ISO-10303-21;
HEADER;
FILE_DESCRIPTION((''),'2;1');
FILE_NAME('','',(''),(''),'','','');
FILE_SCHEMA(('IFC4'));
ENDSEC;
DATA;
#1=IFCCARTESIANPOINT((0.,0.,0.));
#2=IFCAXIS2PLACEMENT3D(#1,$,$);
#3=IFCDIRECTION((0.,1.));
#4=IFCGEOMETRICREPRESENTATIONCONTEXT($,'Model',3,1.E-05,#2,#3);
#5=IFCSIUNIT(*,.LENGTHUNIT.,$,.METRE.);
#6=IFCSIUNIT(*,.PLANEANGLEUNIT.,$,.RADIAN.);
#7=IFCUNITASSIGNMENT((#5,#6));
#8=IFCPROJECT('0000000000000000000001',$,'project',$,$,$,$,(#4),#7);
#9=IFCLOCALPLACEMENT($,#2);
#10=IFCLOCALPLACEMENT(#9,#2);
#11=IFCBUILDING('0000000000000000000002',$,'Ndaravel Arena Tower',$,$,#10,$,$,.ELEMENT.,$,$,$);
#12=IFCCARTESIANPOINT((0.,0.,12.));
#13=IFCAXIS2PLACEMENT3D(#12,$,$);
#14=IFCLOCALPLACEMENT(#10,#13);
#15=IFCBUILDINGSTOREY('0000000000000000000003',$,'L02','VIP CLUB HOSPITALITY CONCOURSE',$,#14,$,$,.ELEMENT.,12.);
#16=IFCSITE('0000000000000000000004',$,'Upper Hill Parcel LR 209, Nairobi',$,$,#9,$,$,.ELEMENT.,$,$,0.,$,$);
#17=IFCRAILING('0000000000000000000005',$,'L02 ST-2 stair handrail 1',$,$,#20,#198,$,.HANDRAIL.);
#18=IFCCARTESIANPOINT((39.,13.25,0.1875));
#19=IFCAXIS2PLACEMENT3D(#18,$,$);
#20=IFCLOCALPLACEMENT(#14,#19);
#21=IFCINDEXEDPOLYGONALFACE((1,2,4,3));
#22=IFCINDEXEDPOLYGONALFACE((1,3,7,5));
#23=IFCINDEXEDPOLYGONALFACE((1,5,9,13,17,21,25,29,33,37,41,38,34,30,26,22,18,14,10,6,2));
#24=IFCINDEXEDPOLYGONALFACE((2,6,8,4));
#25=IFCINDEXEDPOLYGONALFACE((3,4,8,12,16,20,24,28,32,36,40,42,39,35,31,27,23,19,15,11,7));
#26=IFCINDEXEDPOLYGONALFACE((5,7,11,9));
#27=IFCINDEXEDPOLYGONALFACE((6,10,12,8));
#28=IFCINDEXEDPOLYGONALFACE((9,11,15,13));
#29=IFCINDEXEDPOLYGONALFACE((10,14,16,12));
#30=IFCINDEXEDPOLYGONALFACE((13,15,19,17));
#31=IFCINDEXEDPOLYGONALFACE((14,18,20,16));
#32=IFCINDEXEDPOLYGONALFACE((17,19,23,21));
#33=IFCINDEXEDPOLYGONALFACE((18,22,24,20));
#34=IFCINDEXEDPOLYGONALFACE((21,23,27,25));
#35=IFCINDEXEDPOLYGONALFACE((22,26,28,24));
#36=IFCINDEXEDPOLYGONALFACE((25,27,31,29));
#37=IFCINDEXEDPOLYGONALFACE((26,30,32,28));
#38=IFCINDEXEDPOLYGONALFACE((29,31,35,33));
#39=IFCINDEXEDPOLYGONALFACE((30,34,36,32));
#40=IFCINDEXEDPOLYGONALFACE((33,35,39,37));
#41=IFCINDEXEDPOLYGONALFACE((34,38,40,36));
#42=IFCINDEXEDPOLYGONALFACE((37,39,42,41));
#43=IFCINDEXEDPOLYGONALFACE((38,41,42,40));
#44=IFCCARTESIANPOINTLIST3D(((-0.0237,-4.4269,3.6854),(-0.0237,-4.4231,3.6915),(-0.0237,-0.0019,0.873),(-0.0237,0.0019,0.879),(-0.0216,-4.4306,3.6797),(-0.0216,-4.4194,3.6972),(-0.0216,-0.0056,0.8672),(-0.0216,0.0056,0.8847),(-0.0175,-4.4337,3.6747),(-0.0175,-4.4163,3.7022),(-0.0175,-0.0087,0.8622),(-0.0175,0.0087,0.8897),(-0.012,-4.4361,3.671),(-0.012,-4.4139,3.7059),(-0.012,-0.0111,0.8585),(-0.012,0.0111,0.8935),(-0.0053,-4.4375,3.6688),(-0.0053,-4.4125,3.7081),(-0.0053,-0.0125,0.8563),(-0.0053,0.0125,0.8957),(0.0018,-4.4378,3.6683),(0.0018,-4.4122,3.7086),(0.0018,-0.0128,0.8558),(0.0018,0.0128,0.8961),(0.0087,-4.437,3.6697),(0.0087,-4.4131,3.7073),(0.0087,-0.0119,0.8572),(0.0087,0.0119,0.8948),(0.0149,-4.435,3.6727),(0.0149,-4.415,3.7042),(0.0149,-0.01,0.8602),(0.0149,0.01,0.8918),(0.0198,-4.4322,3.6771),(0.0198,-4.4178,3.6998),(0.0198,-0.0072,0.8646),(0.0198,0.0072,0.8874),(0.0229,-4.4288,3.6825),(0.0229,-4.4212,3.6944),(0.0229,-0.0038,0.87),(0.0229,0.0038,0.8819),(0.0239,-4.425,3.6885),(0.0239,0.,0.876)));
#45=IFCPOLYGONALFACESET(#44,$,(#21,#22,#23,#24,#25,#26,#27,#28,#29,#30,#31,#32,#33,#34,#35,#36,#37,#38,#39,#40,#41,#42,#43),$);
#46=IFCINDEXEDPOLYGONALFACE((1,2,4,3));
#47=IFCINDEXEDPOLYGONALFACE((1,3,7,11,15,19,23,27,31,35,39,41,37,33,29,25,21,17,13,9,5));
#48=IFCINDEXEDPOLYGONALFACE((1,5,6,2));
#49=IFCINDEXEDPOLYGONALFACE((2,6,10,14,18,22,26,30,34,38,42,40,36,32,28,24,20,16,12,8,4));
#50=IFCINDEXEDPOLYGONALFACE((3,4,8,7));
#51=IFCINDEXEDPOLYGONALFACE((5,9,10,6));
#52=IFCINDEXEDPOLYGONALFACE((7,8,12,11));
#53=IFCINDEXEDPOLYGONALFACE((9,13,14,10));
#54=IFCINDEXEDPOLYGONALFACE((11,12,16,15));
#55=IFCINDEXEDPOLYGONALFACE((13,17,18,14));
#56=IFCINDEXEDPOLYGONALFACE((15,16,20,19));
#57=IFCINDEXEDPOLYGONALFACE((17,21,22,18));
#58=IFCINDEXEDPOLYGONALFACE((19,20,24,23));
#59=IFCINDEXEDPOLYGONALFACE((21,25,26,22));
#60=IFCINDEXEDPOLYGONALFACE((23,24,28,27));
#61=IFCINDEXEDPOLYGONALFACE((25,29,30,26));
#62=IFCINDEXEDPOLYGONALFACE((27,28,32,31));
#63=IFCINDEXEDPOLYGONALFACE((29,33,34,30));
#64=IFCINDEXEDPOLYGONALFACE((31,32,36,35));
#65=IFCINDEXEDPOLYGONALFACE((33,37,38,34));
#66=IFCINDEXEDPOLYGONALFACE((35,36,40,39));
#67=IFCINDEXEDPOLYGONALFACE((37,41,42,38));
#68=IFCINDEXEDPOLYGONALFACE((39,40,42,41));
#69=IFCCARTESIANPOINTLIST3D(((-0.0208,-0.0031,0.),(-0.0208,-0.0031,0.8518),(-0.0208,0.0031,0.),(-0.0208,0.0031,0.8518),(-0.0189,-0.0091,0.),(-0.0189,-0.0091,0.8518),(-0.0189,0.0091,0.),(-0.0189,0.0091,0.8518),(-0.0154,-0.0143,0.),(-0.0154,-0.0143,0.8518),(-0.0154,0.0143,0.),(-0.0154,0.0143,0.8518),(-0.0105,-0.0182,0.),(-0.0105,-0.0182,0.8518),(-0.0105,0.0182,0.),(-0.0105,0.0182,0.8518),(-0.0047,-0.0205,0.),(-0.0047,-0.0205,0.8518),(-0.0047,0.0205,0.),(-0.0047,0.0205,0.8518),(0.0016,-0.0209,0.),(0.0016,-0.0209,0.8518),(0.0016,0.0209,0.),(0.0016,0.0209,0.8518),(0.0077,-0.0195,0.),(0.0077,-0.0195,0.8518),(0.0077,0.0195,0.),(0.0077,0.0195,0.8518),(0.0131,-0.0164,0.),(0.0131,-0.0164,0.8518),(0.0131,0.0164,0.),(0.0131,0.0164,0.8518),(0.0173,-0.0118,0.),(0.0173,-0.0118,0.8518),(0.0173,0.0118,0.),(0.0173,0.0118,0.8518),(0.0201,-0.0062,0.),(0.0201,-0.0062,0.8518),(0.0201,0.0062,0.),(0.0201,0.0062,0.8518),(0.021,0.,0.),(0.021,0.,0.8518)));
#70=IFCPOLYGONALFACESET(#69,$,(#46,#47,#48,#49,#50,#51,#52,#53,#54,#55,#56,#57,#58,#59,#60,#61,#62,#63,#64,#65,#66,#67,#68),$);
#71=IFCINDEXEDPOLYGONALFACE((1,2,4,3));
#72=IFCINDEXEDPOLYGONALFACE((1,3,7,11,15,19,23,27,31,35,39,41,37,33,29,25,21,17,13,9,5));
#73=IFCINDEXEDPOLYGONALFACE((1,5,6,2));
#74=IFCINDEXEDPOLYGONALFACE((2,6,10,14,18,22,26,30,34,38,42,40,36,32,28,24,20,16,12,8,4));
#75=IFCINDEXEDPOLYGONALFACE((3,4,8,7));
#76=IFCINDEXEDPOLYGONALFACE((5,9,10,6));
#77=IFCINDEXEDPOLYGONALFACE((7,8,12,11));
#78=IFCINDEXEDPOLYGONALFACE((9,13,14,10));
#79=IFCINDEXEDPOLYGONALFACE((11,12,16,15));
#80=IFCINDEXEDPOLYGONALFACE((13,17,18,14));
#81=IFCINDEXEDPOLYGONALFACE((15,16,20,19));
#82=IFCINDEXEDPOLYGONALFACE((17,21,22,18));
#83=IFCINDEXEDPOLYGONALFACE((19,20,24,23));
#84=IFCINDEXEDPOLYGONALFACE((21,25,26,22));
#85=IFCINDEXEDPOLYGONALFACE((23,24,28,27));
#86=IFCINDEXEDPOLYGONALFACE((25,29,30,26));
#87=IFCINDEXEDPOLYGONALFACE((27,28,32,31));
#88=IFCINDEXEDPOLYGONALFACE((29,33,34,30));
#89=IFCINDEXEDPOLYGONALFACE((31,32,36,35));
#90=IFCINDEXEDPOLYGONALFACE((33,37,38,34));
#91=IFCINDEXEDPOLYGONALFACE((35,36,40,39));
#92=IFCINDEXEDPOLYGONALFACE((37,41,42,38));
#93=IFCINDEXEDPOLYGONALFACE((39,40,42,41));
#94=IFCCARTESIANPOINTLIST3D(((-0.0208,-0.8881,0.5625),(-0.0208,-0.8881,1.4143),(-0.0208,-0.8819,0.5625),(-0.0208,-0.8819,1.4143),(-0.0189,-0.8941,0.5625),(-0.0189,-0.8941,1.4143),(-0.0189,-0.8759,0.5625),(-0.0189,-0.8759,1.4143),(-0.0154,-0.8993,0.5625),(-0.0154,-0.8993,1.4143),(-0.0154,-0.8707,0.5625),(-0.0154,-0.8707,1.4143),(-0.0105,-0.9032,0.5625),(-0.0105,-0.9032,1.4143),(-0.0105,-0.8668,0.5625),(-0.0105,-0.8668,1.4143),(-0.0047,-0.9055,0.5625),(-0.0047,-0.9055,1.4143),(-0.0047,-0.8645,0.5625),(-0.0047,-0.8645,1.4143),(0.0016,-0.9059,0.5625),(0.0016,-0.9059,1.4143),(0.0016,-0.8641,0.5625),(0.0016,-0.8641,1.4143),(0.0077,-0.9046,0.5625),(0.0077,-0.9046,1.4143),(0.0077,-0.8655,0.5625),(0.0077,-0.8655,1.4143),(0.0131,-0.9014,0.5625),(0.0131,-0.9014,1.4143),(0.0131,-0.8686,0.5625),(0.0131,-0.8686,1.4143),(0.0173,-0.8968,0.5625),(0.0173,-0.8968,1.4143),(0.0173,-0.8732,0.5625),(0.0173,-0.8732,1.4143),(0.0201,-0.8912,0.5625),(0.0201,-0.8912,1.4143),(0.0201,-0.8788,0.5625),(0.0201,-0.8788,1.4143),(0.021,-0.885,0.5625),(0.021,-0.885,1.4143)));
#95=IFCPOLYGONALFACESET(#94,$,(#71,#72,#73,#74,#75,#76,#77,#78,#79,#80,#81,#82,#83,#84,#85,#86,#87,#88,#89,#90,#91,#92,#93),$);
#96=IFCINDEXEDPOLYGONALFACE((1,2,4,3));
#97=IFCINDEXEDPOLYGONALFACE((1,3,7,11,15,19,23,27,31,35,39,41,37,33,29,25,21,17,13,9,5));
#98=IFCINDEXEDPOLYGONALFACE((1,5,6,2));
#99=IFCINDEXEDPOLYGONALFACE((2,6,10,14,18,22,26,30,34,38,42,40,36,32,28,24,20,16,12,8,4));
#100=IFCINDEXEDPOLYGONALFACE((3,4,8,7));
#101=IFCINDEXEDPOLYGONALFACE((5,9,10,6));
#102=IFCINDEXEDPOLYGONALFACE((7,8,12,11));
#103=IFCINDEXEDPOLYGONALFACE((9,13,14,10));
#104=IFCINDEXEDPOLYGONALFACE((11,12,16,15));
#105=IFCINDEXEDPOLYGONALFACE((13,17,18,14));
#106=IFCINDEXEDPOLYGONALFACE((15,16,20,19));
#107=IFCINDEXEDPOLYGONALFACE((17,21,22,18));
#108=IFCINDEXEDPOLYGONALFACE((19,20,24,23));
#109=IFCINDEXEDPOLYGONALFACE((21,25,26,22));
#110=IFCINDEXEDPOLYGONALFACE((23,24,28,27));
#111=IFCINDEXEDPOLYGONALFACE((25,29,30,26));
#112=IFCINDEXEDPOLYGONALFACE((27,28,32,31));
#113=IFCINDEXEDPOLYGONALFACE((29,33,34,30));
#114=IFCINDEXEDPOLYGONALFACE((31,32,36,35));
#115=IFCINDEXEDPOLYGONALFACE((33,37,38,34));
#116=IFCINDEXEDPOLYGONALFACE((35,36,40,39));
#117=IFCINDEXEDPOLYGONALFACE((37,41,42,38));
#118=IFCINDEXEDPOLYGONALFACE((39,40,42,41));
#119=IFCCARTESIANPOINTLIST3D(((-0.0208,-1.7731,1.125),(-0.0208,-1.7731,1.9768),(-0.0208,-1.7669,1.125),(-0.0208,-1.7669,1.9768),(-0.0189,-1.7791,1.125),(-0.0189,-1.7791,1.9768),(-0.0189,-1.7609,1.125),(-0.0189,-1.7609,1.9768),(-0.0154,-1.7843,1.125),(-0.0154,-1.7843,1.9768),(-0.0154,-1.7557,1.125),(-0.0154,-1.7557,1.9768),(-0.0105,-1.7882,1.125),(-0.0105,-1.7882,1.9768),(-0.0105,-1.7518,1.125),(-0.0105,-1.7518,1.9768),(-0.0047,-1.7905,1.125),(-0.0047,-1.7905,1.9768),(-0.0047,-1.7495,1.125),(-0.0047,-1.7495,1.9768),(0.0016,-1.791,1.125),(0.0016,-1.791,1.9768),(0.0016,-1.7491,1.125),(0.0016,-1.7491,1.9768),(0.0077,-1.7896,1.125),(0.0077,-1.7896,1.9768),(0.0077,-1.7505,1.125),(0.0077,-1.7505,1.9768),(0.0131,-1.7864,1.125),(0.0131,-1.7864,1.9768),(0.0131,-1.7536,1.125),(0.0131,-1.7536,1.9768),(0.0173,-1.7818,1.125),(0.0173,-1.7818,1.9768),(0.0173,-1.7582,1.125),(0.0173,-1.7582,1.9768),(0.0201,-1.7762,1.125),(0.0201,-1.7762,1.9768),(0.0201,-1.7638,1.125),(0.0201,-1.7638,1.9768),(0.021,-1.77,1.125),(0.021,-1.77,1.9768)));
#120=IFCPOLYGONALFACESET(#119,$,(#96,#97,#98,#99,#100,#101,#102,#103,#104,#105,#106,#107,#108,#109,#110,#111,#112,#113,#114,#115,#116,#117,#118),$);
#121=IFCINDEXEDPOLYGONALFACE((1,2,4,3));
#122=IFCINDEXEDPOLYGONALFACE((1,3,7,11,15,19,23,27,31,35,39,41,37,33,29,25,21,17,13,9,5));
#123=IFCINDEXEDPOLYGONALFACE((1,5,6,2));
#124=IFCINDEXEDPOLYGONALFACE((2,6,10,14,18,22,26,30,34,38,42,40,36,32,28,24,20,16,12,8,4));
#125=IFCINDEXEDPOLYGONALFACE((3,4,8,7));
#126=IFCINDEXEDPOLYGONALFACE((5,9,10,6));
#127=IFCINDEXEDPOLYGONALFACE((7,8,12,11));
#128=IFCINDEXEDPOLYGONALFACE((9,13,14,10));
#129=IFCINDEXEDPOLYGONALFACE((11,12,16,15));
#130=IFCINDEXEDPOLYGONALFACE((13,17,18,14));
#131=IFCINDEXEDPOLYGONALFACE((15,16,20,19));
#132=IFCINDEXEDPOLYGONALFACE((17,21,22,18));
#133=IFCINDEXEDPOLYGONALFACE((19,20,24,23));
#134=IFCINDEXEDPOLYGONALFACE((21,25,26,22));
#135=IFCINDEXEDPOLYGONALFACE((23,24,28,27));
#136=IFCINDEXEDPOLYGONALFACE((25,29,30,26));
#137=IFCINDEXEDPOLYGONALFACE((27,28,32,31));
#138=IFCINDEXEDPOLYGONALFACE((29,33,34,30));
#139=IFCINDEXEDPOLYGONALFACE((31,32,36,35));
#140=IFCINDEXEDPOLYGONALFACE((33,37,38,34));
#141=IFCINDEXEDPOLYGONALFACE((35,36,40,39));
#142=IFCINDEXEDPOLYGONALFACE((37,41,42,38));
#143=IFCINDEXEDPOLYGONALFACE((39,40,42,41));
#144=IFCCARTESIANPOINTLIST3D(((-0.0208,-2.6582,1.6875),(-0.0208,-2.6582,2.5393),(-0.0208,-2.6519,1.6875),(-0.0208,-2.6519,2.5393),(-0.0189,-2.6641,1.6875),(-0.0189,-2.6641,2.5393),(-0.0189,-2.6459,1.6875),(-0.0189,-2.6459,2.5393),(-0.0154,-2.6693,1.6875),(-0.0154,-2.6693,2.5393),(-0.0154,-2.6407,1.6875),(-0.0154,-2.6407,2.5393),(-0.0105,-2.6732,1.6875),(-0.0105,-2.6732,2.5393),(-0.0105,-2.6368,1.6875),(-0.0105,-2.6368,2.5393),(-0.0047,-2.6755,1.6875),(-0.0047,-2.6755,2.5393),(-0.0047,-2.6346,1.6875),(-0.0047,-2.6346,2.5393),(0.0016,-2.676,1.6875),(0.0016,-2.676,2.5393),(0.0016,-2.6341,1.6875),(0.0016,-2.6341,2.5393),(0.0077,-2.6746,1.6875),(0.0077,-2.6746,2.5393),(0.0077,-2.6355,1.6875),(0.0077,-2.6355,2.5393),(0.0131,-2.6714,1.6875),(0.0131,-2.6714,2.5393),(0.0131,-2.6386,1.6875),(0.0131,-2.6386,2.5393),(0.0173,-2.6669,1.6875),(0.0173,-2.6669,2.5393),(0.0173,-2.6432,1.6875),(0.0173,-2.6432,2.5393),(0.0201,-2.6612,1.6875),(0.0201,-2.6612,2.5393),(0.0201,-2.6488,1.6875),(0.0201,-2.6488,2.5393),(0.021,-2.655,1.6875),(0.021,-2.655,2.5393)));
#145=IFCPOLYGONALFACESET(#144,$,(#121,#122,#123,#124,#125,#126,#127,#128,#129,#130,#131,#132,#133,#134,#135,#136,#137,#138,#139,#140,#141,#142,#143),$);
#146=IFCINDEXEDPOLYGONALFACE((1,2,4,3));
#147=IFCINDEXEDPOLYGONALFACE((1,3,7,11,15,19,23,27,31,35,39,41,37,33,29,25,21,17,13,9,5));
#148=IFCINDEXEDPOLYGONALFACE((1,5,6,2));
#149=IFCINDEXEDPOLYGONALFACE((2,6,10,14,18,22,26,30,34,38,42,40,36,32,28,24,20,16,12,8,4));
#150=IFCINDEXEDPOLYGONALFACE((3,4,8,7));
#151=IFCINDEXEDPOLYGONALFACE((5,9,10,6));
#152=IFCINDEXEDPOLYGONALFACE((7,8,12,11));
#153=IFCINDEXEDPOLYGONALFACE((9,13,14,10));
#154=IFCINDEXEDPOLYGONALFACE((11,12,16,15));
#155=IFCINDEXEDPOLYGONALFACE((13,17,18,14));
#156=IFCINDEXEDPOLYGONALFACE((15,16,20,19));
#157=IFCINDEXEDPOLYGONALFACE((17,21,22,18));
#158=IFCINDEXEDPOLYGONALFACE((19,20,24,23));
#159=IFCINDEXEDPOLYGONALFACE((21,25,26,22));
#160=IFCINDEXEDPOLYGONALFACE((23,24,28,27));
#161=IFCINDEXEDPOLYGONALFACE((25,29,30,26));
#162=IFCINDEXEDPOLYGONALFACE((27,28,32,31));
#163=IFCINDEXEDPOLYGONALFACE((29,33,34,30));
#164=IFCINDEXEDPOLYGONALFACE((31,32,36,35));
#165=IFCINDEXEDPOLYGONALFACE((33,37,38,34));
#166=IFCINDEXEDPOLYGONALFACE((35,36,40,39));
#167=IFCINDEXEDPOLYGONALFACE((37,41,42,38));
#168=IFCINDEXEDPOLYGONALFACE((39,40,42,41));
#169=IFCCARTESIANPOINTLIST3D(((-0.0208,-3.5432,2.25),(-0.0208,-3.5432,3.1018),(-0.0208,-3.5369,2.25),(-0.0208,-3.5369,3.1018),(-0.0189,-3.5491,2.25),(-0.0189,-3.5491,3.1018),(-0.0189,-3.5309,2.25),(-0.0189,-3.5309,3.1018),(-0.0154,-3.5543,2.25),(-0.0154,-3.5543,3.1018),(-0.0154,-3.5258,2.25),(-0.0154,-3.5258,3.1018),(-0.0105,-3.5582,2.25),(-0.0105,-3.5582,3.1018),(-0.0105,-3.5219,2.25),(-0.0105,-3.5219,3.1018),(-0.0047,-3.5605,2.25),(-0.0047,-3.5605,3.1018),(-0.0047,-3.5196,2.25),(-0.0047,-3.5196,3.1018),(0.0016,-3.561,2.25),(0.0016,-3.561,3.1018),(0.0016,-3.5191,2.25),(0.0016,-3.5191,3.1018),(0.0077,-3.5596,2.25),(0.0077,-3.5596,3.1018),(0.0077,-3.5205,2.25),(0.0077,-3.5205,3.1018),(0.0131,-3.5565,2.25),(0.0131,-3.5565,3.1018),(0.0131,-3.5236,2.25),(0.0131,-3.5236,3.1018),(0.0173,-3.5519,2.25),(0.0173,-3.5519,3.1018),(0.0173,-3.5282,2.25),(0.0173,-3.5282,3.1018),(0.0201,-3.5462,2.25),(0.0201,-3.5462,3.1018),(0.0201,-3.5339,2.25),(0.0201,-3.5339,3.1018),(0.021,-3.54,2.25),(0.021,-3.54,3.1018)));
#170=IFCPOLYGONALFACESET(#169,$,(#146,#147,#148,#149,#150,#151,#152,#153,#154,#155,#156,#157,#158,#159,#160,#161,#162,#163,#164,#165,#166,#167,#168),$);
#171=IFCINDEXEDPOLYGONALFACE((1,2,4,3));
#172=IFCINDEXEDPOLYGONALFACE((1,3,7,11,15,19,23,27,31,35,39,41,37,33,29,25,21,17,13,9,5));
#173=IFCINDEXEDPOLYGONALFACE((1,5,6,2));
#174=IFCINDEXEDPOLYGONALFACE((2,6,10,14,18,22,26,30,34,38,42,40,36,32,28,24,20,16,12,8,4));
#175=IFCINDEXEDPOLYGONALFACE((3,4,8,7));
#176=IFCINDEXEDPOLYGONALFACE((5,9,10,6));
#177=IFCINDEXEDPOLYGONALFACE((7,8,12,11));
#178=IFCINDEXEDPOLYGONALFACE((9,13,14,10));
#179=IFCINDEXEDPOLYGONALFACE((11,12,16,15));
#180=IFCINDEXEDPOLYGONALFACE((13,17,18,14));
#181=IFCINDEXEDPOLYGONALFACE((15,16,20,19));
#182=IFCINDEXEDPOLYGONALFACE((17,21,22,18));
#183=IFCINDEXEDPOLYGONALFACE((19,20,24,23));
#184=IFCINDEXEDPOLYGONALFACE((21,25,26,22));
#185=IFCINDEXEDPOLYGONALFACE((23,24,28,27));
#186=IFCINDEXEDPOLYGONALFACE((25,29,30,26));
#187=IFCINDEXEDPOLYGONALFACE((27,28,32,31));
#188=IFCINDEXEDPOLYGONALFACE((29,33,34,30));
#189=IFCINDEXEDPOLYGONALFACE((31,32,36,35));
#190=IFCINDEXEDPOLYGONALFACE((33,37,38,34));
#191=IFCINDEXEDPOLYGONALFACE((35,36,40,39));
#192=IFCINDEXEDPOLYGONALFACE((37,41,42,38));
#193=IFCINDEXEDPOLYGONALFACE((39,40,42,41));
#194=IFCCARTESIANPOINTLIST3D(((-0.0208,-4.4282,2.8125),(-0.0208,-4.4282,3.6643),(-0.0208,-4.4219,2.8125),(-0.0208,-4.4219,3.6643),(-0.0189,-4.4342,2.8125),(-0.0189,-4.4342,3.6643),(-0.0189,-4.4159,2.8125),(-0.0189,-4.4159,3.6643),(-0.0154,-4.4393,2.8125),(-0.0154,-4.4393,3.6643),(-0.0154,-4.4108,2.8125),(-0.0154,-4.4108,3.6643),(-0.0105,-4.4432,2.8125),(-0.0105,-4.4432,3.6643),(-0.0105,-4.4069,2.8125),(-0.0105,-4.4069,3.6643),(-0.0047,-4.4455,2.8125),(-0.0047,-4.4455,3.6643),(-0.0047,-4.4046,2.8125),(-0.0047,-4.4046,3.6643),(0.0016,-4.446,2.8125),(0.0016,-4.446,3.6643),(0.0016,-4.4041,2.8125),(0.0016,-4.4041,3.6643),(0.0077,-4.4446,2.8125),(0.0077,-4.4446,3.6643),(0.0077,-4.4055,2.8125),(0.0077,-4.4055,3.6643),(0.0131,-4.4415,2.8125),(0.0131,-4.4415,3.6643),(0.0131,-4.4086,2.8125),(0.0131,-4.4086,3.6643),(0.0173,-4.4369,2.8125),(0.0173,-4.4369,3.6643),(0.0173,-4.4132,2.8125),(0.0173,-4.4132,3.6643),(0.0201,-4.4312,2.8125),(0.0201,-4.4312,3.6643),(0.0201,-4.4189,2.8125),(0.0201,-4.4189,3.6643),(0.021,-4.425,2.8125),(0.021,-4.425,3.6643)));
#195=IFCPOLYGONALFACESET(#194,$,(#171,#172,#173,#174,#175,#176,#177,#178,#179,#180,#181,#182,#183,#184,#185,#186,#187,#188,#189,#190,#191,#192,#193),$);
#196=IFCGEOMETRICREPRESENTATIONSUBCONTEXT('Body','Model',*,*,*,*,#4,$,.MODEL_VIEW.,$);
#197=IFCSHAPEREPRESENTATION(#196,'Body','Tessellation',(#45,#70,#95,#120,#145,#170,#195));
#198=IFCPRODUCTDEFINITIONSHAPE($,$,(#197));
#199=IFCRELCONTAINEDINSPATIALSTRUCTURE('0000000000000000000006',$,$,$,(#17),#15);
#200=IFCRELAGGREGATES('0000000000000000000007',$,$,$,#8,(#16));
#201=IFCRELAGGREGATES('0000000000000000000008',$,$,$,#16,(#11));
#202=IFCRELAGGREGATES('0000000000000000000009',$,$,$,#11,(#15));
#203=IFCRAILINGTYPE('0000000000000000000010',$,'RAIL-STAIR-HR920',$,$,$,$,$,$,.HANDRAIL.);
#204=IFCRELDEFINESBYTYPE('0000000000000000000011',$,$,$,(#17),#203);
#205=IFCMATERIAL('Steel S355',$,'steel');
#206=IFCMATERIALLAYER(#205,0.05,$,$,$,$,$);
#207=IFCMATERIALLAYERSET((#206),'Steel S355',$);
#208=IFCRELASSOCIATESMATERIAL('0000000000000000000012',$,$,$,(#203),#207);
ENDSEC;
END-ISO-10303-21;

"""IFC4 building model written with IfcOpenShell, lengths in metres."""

from ifc_helpers import new_model, si_unit, direction, frame, origin, origin_2d, place, context, subcontext, project, spatial, circle, extrude, material, layer, layer_set, type_object, element, save


model = new_model("IFC4")

# Units and contexts
model_context = context("Model", 3, precision=1e-05, world=origin(), true_north=direction((0.0, 1.0)))
body_context = subcontext(model_context, "Body", "Model", "MODEL_VIEW")
ifc_project = project(units=[si_unit("LENGTHUNIT", "METRE"), si_unit("PLANEANGLEUNIT", "RADIAN")], contexts=[model_context])

# Site, building, storey
site_placement = place(None, origin())
site = spatial("IfcSite", under=ifc_project, at=site_placement, Name="Upper Hill Parcel LR 209, Nairobi", CompositionType="ELEMENT", RefElevation=0.0)
building_placement = place(site_placement, origin())
building = spatial("IfcBuilding", under=site, at=building_placement, Name="Ndaravel Arena Tower", CompositionType="ELEMENT")
storey_placement = place(building_placement, frame((0.0, 0.0, 12.0)))
storey = spatial("IfcBuildingStorey", under=building, at=storey_placement, Name="L02", Description="VIP CLUB HOSPITALITY CONCOURSE", CompositionType="ELEMENT", Elevation=12.0)

# Railing
ifc_material_1 = material(Name="Steel S355", Category="steel")
ifc_layer_1 = layer(ifc_material_1, 0.05)
ifc_layer_set_1 = layer_set([ifc_layer_1], Name="Steel S355")
railing_type_1 = type_object("IfcRailingType", Name="RAIL-STAIR-HR920", PredefinedType="HANDRAIL", material=ifc_layer_set_1)
railing_1_placement = place(storey_placement, frame((39.0, 13.25, 0.1875)))
element("IfcRailing", 1, at=railing_1_placement, inside=storey, type_object=railing_type_1, Name="L02 ST-2 stair handrail 1", PredefinedType="HANDRAIL", context=body_context, shape_type="SweptSolid", body=[
    extrude(circle(Radius=0.0239, at=origin_2d()), frame((0.0, 0.0, 0.876), z_axis=(0.0, -0.843959, 0.536408), x_axis=(1.0, 0.0, 0.0)), (0.0, 0.0, 1.0), 5.2432),
    extrude(circle(Radius=0.021, at=origin_2d()), origin(), (0.0, 0.0, 1.0), 0.8518),
    extrude(circle(Radius=0.021, at=origin_2d()), frame((0.0, -0.885, 0.5625)), (0.0, 0.0, 1.0), 0.8518),
    extrude(circle(Radius=0.021, at=origin_2d()), frame((0.0, -1.77, 1.125)), (0.0, 0.0, 1.0), 0.8518),
    extrude(circle(Radius=0.021, at=origin_2d()), frame((0.0, -2.655, 1.6875)), (0.0, 0.0, 1.0), 0.8518),
    extrude(circle(Radius=0.021, at=origin_2d()), frame((0.0, -3.54, 2.25)), (0.0, 0.0, 1.0), 0.8518),
    extrude(circle(Radius=0.021, at=origin_2d()), frame((0.0, -4.425, 2.8125)), (0.0, 0.0, 1.0), 0.8518),
])

save(model, "model.ifc")
